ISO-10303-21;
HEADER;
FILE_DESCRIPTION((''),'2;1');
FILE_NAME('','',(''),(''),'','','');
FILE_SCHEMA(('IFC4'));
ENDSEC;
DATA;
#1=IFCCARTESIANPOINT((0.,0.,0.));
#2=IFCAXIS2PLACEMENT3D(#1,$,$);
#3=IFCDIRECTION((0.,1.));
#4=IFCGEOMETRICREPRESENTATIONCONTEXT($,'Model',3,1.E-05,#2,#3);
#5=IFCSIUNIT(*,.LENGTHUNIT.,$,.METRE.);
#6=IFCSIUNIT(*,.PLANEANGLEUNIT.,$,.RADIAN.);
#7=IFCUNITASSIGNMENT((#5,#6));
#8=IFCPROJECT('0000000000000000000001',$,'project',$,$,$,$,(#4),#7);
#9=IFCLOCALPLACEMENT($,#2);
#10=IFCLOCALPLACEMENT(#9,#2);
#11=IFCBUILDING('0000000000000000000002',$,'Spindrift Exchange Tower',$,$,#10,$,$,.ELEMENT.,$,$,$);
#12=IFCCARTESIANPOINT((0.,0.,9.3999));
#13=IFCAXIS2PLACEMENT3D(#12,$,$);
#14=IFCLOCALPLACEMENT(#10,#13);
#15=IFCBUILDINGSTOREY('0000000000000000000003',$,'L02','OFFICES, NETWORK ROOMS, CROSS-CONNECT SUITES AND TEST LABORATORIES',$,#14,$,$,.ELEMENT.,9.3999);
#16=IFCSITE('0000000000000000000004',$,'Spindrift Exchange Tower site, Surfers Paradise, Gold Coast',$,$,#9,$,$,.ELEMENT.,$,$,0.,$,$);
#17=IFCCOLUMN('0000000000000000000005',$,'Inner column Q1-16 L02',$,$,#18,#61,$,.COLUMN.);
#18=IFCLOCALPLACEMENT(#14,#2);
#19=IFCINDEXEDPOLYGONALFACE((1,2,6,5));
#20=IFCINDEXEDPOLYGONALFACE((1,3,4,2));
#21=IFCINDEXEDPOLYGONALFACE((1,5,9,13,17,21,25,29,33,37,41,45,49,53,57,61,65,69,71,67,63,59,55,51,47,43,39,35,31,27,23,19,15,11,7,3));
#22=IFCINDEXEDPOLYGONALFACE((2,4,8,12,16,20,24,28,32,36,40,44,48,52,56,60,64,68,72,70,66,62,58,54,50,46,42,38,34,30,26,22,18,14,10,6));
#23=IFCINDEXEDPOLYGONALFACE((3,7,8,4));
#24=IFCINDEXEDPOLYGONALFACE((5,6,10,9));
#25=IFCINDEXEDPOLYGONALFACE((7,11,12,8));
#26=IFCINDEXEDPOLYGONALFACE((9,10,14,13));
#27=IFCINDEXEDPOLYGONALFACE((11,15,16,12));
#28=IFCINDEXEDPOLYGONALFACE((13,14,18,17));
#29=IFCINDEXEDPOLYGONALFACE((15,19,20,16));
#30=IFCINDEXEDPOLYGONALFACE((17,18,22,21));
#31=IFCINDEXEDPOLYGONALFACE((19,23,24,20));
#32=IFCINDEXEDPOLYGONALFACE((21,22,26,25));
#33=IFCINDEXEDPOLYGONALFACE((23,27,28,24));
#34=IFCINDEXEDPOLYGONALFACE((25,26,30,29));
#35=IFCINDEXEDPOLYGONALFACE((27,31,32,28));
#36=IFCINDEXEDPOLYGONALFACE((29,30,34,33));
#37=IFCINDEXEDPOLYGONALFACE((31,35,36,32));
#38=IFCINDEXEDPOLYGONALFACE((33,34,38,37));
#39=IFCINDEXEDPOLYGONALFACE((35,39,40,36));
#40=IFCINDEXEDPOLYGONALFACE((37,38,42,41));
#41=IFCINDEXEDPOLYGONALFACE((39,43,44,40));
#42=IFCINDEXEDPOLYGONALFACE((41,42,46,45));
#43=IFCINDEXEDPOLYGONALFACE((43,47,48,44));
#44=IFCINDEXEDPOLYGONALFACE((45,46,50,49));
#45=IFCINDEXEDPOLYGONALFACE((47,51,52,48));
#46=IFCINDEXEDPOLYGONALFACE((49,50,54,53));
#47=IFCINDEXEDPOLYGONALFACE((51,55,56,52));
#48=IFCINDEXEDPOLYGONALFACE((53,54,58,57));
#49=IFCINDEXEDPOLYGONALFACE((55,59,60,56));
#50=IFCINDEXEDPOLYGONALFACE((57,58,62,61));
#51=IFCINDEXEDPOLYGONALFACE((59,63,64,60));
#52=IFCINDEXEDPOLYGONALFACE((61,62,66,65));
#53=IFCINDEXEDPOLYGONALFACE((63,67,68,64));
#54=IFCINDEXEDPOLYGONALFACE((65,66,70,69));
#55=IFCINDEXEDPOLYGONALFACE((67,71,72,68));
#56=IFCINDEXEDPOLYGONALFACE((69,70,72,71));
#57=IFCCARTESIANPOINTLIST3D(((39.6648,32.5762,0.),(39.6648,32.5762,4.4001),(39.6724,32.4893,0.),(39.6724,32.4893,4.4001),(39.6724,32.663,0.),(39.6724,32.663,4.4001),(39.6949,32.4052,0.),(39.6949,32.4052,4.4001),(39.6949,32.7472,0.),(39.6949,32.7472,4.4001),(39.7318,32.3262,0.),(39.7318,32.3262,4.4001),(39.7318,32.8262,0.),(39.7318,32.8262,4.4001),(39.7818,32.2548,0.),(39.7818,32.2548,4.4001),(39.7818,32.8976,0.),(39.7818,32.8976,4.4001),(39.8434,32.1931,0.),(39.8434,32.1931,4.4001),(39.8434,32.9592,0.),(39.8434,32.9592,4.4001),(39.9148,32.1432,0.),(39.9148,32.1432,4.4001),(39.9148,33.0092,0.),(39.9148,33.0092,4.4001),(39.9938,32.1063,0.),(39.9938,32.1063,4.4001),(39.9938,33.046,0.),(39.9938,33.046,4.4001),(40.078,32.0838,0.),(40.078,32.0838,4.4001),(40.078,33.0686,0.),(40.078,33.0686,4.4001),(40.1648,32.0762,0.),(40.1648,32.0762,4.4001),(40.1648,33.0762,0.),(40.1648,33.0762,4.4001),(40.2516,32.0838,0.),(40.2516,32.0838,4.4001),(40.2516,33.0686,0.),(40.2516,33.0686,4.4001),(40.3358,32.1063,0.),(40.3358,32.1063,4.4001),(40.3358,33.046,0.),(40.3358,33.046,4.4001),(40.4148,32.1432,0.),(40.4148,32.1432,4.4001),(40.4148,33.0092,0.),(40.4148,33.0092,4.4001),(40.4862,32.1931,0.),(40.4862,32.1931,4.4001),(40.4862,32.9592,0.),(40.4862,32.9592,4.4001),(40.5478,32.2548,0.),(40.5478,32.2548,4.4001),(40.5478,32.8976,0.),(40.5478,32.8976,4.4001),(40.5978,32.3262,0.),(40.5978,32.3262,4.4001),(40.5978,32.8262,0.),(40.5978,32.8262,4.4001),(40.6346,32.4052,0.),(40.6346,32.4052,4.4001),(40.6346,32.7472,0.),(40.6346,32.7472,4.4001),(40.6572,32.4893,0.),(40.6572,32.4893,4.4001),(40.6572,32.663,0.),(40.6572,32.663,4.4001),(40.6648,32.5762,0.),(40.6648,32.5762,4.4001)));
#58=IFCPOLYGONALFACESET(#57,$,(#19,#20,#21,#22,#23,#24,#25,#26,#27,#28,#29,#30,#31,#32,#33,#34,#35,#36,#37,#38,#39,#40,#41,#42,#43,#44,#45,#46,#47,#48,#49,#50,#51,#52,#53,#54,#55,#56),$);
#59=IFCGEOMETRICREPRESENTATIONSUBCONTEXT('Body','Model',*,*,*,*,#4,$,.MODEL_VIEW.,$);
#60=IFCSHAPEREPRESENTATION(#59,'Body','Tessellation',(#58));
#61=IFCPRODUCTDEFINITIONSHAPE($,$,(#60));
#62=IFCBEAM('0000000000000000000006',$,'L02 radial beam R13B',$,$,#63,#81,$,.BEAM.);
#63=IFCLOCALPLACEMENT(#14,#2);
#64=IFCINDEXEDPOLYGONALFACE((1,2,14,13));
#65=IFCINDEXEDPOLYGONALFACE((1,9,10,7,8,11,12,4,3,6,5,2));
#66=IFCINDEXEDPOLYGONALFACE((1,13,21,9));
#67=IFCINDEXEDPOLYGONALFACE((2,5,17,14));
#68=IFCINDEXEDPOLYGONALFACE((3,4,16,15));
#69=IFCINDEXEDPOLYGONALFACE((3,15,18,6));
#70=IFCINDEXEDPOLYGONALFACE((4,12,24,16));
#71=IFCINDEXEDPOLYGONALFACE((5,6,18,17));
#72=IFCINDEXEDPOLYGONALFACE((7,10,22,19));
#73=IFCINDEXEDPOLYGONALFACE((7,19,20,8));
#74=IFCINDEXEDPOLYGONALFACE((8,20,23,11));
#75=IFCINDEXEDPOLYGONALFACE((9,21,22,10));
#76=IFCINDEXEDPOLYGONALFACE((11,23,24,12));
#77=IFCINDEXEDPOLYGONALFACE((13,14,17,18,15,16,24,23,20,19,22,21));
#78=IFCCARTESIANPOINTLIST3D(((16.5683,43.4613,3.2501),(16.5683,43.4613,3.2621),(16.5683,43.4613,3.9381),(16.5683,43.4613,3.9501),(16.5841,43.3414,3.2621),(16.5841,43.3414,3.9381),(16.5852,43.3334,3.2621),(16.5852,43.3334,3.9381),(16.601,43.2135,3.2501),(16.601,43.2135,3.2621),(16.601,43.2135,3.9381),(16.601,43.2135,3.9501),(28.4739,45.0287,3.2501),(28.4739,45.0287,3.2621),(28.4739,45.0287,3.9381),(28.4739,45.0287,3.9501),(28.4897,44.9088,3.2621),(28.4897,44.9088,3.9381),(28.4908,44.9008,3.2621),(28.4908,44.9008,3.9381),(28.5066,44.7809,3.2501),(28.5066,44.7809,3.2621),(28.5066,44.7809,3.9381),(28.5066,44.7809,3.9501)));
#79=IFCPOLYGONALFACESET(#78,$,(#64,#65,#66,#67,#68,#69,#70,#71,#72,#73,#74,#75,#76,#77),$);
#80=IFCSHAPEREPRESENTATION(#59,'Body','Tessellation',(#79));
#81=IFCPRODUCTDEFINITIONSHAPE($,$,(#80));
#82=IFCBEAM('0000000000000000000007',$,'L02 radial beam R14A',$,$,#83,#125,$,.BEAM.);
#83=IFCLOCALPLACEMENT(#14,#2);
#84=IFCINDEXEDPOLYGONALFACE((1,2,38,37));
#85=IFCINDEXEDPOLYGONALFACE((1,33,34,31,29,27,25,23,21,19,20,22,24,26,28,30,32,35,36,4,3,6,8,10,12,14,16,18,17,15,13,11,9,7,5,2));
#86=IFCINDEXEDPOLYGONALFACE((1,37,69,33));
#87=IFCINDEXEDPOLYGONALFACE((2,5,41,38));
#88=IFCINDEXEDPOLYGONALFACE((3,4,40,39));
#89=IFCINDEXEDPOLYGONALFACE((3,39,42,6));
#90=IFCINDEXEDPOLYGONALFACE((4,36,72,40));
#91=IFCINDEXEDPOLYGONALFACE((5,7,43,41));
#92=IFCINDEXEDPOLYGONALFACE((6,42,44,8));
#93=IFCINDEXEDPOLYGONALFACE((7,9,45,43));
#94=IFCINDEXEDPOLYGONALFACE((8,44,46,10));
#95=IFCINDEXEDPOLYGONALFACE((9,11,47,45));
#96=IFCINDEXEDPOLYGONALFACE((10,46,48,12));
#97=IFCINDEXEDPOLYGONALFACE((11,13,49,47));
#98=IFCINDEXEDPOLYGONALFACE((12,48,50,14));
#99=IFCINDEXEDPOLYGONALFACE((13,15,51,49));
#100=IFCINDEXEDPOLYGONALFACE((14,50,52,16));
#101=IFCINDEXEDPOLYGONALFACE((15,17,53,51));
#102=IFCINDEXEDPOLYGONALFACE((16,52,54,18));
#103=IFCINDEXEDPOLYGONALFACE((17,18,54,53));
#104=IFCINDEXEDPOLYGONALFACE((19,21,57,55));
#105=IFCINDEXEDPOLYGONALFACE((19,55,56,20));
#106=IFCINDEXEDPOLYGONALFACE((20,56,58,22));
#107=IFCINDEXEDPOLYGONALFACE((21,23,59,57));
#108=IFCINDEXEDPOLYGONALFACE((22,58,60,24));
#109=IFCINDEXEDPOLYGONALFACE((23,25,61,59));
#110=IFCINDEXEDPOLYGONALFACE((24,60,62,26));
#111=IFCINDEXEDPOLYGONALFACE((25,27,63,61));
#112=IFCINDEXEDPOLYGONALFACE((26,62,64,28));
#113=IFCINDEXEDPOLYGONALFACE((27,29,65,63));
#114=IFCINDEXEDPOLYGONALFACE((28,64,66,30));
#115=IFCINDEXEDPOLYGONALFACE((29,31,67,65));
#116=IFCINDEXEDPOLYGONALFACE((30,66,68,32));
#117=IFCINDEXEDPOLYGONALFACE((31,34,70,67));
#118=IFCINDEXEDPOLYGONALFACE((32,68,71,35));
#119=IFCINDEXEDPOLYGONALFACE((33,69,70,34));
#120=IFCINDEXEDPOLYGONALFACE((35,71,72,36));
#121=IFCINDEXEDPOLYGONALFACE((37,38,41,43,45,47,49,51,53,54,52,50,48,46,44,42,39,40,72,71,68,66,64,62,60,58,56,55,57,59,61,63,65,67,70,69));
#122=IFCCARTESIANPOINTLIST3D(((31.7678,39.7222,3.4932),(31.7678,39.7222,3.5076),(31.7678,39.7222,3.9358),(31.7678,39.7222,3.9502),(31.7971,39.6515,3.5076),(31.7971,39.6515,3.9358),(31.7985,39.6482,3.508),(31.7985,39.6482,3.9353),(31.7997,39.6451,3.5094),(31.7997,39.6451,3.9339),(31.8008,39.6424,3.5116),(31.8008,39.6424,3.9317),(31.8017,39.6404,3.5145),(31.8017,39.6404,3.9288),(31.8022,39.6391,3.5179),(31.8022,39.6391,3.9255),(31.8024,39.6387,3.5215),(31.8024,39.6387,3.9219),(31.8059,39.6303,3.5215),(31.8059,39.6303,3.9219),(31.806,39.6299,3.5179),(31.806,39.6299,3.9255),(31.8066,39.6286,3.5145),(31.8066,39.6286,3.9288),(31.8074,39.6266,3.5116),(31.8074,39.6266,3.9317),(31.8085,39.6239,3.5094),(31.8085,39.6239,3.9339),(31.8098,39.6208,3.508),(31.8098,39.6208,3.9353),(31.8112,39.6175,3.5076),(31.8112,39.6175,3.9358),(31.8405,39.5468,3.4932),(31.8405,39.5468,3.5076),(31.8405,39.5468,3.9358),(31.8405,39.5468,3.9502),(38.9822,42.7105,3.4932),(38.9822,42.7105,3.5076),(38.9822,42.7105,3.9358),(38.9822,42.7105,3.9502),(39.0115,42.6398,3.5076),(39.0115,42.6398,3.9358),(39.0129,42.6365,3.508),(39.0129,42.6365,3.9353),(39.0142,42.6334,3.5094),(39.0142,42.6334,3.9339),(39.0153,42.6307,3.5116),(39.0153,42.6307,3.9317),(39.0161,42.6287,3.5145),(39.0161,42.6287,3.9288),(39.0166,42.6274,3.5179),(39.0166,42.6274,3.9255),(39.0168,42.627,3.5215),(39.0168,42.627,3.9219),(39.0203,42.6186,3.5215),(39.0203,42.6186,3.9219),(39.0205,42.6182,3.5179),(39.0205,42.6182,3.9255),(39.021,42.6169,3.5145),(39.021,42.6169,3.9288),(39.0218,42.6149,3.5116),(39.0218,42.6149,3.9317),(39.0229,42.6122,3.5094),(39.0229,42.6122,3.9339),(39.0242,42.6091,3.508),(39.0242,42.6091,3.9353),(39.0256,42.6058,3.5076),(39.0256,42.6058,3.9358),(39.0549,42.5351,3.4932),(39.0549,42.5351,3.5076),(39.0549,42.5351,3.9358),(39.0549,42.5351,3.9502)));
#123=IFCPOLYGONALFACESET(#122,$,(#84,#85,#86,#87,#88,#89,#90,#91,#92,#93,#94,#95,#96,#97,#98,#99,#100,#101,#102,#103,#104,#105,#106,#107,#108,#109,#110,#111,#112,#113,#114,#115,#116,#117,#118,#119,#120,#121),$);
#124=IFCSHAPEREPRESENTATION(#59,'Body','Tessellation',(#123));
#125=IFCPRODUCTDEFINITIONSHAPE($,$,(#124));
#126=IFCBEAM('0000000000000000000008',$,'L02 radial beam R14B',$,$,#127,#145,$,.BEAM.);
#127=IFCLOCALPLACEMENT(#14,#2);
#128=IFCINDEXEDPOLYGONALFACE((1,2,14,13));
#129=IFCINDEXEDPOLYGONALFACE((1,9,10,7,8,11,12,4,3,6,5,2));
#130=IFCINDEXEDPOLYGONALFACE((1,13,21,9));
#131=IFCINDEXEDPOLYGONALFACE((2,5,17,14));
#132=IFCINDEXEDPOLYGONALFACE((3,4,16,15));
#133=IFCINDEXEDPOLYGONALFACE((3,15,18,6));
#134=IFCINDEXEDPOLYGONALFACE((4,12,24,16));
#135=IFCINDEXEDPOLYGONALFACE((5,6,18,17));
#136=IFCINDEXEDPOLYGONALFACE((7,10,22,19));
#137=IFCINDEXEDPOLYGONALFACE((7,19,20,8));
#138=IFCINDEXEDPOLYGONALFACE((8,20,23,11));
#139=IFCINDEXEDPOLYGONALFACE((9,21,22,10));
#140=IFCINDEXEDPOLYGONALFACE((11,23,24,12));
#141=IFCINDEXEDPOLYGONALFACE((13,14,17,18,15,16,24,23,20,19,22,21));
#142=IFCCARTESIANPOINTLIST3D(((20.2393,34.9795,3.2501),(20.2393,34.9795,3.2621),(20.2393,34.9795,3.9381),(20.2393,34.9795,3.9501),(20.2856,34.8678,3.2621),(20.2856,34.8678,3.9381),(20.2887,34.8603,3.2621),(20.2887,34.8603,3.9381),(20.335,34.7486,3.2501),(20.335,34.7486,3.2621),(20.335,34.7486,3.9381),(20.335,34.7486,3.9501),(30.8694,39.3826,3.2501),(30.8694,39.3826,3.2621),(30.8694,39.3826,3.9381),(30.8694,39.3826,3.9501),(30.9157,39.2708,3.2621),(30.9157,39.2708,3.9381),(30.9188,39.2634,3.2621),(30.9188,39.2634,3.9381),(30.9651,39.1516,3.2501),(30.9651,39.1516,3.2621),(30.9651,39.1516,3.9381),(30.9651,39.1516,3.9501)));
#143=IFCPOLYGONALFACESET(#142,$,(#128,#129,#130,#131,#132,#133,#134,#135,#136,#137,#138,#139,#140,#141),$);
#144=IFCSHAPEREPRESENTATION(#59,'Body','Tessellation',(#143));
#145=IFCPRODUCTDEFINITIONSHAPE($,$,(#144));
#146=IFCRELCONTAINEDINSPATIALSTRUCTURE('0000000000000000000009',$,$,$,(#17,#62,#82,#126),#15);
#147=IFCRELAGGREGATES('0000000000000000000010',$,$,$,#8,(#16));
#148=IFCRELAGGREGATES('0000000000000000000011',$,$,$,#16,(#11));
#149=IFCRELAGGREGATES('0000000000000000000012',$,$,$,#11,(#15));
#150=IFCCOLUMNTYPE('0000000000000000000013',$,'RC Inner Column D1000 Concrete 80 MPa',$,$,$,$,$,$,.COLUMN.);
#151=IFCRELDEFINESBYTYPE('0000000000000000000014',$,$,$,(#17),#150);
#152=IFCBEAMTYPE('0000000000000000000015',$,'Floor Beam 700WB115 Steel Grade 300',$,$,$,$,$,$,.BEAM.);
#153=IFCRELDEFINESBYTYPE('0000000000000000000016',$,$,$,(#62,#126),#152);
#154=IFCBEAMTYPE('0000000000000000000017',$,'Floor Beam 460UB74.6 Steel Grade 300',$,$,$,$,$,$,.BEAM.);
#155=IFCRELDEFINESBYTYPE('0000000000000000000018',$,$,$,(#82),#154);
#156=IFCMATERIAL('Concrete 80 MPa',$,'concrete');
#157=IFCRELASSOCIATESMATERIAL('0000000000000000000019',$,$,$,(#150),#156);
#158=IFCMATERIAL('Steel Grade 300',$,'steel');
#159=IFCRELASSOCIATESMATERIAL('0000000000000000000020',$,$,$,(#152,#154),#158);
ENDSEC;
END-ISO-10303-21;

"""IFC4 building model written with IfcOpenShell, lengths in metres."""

from ifc_helpers import new_model, si_unit, direction, frame, origin, origin_2d, place, context, subcontext, project, spatial, circle, i_section, extrude, source, transform, mapped, material, material_profile, profile_set, type_object, element, save


model = new_model("IFC4")

# Units and contexts
model_context = context("Model", 3, precision=1e-05, world=origin(), true_north=direction((0.0, 1.0)))
body_context = subcontext(model_context, "Body", "Model", "MODEL_VIEW")
ifc_project = project(units=[si_unit("LENGTHUNIT", "METRE"), si_unit("PLANEANGLEUNIT", "RADIAN")], contexts=[model_context])

# Site, building, storey
site_placement = place(None, origin())
site = spatial("IfcSite", under=ifc_project, at=site_placement, Name="Spindrift Exchange Tower site, Surfers Paradise, Gold Coast", CompositionType="ELEMENT", RefElevation=0.0)
building_placement = place(site_placement, origin())
building = spatial("IfcBuilding", under=site, at=building_placement, Name="Spindrift Exchange Tower", CompositionType="ELEMENT")
storey_placement = place(building_placement, frame((0.0, 0.0, 9.3999)))
storey = spatial("IfcBuildingStorey", under=building, at=storey_placement, Name="L02", Description="OFFICES, NETWORK ROOMS, CROSS-CONNECT SUITES AND TEST LABORATORIES", CompositionType="ELEMENT", Elevation=9.3999)

# Column
ifc_material_1 = material(Name="Concrete 80 MPa", Category="concrete")
ifc_material_profile_1 = material_profile(ifc_material_1, circle(Radius=0.5, at=origin_2d()), Name="RC D1000")
ifc_profile_set_1 = profile_set([ifc_material_profile_1], Name="Concrete 80 MPa")
column_type_1 = type_object("IfcColumnType", Name="RC Inner Column D1000 Concrete 80 MPa", PredefinedType="COLUMN", material=ifc_profile_set_1)
shared_shape_1 = source(origin(), body_context, "Body", "SweptSolid", [
    extrude(circle(Radius=0.5, at=origin_2d()), origin(), (0.0, 0.0, 1.0), 4.4001),
])
for number, where, z_axis, x_axis, name in (
    (1, (40.1648, 32.5762, 0.0), (0.0, 0.0, 1.0), (1.0, 0.0, 0.0), "Inner column Q1-16 L02"),
):
    element("IfcColumn", number, at=place(storey_placement, frame(where, z_axis=z_axis, x_axis=x_axis)), inside=storey, type_object=column_type_1, Name=name, PredefinedType="COLUMN", context=body_context, shape_type="MappedRepresentation", body=[
        mapped(shared_shape_1, transform((0.0, 0.0, 0.0), scale=1.0)),
    ])

# Beams
ifc_material_2 = material(Name="Steel Grade 300", Category="steel")
ifc_material_profile_2 = material_profile(ifc_material_2, i_section(OverallWidth=0.25, OverallDepth=0.7, WebThickness=0.0081, FlangeThickness=0.012, at=origin_2d()), Name="700WB115")
ifc_profile_set_2 = profile_set([ifc_material_profile_2], Name="Steel Grade 300")
beam_type_1 = type_object("IfcBeamType", Name="Floor Beam 700WB115 Steel Grade 300", PredefinedType="BEAM", material=ifc_profile_set_2)
shared_shape_2 = source(origin(), body_context, "Body", "SweptSolid", [
    extrude(i_section(OverallWidth=0.25, OverallDepth=0.7, WebThickness=0.0081, FlangeThickness=0.012, at=origin_2d()), origin(), (0.0, 0.0, 1.0), 12.0083),
])
beam_1_placement = place(storey_placement, frame((28.4902, 44.9048, 3.6001), z_axis=(-0.991445, -0.130526, 0.0), x_axis=(0.130526, -0.991445, 0.0)))
element("IfcBeam", 2, at=beam_1_placement, inside=storey, type_object=beam_type_1, Name="L02 radial beam R13B", PredefinedType="BEAM", context=body_context, shape_type="MappedRepresentation", body=[
    mapped(shared_shape_2, transform((0.0, 0.0, 0.0), scale=1.0)),
])
ifc_material_profile_3 = material_profile(ifc_material_2, i_section(OverallWidth=0.1899, OverallDepth=0.457, WebThickness=0.009, FlangeThickness=0.0144, FilletRadius=0.0139, at=origin_2d()), Name="460UB74.6")
ifc_profile_set_3 = profile_set([ifc_material_profile_3], Name="Steel Grade 300")
beam_type_2 = type_object("IfcBeamType", Name="Floor Beam 460UB74.6 Steel Grade 300", PredefinedType="BEAM", material=ifc_profile_set_3)
shared_shape_3 = source(origin(), body_context, "Body", "SweptSolid", [
    extrude(i_section(OverallWidth=0.1899, OverallDepth=0.457, WebThickness=0.009, FlangeThickness=0.0144, FilletRadius=0.0139, at=origin_2d()), origin(), (0.0, 0.0, 1.0), 7.8088),
])
beam_2_placement = place(storey_placement, frame((39.0186, 42.6228, 3.7217), z_axis=(-0.92388, -0.382683, 0.0), x_axis=(0.382683, -0.92388, 0.0)))
element("IfcBeam", 3, at=beam_2_placement, inside=storey, type_object=beam_type_2, Name="L02 radial beam R14A", PredefinedType="BEAM", context=body_context, shape_type="MappedRepresentation", body=[
    mapped(shared_shape_3, transform((0.0, 0.0, 0.0), scale=1.0)),
])
shared_shape_4 = source(origin(), body_context, "Body", "SweptSolid", [
    extrude(i_section(OverallWidth=0.25, OverallDepth=0.7, WebThickness=0.0081, FlangeThickness=0.012, at=origin_2d()), origin(), (0.0, 0.0, 1.0), 11.5059),
])
beam_3_placement = place(storey_placement, frame((30.9172, 39.2671, 3.6001), z_axis=(-0.923882, -0.382678, 0.0), x_axis=(0.382678, -0.923882, 0.0)))
element("IfcBeam", 4, at=beam_3_placement, inside=storey, type_object=beam_type_1, Name="L02 radial beam R14B", PredefinedType="BEAM", context=body_context, shape_type="MappedRepresentation", body=[
    mapped(shared_shape_4, transform((0.0, 0.0, 0.0), scale=1.0)),
])

save(model, "model.ifc")
